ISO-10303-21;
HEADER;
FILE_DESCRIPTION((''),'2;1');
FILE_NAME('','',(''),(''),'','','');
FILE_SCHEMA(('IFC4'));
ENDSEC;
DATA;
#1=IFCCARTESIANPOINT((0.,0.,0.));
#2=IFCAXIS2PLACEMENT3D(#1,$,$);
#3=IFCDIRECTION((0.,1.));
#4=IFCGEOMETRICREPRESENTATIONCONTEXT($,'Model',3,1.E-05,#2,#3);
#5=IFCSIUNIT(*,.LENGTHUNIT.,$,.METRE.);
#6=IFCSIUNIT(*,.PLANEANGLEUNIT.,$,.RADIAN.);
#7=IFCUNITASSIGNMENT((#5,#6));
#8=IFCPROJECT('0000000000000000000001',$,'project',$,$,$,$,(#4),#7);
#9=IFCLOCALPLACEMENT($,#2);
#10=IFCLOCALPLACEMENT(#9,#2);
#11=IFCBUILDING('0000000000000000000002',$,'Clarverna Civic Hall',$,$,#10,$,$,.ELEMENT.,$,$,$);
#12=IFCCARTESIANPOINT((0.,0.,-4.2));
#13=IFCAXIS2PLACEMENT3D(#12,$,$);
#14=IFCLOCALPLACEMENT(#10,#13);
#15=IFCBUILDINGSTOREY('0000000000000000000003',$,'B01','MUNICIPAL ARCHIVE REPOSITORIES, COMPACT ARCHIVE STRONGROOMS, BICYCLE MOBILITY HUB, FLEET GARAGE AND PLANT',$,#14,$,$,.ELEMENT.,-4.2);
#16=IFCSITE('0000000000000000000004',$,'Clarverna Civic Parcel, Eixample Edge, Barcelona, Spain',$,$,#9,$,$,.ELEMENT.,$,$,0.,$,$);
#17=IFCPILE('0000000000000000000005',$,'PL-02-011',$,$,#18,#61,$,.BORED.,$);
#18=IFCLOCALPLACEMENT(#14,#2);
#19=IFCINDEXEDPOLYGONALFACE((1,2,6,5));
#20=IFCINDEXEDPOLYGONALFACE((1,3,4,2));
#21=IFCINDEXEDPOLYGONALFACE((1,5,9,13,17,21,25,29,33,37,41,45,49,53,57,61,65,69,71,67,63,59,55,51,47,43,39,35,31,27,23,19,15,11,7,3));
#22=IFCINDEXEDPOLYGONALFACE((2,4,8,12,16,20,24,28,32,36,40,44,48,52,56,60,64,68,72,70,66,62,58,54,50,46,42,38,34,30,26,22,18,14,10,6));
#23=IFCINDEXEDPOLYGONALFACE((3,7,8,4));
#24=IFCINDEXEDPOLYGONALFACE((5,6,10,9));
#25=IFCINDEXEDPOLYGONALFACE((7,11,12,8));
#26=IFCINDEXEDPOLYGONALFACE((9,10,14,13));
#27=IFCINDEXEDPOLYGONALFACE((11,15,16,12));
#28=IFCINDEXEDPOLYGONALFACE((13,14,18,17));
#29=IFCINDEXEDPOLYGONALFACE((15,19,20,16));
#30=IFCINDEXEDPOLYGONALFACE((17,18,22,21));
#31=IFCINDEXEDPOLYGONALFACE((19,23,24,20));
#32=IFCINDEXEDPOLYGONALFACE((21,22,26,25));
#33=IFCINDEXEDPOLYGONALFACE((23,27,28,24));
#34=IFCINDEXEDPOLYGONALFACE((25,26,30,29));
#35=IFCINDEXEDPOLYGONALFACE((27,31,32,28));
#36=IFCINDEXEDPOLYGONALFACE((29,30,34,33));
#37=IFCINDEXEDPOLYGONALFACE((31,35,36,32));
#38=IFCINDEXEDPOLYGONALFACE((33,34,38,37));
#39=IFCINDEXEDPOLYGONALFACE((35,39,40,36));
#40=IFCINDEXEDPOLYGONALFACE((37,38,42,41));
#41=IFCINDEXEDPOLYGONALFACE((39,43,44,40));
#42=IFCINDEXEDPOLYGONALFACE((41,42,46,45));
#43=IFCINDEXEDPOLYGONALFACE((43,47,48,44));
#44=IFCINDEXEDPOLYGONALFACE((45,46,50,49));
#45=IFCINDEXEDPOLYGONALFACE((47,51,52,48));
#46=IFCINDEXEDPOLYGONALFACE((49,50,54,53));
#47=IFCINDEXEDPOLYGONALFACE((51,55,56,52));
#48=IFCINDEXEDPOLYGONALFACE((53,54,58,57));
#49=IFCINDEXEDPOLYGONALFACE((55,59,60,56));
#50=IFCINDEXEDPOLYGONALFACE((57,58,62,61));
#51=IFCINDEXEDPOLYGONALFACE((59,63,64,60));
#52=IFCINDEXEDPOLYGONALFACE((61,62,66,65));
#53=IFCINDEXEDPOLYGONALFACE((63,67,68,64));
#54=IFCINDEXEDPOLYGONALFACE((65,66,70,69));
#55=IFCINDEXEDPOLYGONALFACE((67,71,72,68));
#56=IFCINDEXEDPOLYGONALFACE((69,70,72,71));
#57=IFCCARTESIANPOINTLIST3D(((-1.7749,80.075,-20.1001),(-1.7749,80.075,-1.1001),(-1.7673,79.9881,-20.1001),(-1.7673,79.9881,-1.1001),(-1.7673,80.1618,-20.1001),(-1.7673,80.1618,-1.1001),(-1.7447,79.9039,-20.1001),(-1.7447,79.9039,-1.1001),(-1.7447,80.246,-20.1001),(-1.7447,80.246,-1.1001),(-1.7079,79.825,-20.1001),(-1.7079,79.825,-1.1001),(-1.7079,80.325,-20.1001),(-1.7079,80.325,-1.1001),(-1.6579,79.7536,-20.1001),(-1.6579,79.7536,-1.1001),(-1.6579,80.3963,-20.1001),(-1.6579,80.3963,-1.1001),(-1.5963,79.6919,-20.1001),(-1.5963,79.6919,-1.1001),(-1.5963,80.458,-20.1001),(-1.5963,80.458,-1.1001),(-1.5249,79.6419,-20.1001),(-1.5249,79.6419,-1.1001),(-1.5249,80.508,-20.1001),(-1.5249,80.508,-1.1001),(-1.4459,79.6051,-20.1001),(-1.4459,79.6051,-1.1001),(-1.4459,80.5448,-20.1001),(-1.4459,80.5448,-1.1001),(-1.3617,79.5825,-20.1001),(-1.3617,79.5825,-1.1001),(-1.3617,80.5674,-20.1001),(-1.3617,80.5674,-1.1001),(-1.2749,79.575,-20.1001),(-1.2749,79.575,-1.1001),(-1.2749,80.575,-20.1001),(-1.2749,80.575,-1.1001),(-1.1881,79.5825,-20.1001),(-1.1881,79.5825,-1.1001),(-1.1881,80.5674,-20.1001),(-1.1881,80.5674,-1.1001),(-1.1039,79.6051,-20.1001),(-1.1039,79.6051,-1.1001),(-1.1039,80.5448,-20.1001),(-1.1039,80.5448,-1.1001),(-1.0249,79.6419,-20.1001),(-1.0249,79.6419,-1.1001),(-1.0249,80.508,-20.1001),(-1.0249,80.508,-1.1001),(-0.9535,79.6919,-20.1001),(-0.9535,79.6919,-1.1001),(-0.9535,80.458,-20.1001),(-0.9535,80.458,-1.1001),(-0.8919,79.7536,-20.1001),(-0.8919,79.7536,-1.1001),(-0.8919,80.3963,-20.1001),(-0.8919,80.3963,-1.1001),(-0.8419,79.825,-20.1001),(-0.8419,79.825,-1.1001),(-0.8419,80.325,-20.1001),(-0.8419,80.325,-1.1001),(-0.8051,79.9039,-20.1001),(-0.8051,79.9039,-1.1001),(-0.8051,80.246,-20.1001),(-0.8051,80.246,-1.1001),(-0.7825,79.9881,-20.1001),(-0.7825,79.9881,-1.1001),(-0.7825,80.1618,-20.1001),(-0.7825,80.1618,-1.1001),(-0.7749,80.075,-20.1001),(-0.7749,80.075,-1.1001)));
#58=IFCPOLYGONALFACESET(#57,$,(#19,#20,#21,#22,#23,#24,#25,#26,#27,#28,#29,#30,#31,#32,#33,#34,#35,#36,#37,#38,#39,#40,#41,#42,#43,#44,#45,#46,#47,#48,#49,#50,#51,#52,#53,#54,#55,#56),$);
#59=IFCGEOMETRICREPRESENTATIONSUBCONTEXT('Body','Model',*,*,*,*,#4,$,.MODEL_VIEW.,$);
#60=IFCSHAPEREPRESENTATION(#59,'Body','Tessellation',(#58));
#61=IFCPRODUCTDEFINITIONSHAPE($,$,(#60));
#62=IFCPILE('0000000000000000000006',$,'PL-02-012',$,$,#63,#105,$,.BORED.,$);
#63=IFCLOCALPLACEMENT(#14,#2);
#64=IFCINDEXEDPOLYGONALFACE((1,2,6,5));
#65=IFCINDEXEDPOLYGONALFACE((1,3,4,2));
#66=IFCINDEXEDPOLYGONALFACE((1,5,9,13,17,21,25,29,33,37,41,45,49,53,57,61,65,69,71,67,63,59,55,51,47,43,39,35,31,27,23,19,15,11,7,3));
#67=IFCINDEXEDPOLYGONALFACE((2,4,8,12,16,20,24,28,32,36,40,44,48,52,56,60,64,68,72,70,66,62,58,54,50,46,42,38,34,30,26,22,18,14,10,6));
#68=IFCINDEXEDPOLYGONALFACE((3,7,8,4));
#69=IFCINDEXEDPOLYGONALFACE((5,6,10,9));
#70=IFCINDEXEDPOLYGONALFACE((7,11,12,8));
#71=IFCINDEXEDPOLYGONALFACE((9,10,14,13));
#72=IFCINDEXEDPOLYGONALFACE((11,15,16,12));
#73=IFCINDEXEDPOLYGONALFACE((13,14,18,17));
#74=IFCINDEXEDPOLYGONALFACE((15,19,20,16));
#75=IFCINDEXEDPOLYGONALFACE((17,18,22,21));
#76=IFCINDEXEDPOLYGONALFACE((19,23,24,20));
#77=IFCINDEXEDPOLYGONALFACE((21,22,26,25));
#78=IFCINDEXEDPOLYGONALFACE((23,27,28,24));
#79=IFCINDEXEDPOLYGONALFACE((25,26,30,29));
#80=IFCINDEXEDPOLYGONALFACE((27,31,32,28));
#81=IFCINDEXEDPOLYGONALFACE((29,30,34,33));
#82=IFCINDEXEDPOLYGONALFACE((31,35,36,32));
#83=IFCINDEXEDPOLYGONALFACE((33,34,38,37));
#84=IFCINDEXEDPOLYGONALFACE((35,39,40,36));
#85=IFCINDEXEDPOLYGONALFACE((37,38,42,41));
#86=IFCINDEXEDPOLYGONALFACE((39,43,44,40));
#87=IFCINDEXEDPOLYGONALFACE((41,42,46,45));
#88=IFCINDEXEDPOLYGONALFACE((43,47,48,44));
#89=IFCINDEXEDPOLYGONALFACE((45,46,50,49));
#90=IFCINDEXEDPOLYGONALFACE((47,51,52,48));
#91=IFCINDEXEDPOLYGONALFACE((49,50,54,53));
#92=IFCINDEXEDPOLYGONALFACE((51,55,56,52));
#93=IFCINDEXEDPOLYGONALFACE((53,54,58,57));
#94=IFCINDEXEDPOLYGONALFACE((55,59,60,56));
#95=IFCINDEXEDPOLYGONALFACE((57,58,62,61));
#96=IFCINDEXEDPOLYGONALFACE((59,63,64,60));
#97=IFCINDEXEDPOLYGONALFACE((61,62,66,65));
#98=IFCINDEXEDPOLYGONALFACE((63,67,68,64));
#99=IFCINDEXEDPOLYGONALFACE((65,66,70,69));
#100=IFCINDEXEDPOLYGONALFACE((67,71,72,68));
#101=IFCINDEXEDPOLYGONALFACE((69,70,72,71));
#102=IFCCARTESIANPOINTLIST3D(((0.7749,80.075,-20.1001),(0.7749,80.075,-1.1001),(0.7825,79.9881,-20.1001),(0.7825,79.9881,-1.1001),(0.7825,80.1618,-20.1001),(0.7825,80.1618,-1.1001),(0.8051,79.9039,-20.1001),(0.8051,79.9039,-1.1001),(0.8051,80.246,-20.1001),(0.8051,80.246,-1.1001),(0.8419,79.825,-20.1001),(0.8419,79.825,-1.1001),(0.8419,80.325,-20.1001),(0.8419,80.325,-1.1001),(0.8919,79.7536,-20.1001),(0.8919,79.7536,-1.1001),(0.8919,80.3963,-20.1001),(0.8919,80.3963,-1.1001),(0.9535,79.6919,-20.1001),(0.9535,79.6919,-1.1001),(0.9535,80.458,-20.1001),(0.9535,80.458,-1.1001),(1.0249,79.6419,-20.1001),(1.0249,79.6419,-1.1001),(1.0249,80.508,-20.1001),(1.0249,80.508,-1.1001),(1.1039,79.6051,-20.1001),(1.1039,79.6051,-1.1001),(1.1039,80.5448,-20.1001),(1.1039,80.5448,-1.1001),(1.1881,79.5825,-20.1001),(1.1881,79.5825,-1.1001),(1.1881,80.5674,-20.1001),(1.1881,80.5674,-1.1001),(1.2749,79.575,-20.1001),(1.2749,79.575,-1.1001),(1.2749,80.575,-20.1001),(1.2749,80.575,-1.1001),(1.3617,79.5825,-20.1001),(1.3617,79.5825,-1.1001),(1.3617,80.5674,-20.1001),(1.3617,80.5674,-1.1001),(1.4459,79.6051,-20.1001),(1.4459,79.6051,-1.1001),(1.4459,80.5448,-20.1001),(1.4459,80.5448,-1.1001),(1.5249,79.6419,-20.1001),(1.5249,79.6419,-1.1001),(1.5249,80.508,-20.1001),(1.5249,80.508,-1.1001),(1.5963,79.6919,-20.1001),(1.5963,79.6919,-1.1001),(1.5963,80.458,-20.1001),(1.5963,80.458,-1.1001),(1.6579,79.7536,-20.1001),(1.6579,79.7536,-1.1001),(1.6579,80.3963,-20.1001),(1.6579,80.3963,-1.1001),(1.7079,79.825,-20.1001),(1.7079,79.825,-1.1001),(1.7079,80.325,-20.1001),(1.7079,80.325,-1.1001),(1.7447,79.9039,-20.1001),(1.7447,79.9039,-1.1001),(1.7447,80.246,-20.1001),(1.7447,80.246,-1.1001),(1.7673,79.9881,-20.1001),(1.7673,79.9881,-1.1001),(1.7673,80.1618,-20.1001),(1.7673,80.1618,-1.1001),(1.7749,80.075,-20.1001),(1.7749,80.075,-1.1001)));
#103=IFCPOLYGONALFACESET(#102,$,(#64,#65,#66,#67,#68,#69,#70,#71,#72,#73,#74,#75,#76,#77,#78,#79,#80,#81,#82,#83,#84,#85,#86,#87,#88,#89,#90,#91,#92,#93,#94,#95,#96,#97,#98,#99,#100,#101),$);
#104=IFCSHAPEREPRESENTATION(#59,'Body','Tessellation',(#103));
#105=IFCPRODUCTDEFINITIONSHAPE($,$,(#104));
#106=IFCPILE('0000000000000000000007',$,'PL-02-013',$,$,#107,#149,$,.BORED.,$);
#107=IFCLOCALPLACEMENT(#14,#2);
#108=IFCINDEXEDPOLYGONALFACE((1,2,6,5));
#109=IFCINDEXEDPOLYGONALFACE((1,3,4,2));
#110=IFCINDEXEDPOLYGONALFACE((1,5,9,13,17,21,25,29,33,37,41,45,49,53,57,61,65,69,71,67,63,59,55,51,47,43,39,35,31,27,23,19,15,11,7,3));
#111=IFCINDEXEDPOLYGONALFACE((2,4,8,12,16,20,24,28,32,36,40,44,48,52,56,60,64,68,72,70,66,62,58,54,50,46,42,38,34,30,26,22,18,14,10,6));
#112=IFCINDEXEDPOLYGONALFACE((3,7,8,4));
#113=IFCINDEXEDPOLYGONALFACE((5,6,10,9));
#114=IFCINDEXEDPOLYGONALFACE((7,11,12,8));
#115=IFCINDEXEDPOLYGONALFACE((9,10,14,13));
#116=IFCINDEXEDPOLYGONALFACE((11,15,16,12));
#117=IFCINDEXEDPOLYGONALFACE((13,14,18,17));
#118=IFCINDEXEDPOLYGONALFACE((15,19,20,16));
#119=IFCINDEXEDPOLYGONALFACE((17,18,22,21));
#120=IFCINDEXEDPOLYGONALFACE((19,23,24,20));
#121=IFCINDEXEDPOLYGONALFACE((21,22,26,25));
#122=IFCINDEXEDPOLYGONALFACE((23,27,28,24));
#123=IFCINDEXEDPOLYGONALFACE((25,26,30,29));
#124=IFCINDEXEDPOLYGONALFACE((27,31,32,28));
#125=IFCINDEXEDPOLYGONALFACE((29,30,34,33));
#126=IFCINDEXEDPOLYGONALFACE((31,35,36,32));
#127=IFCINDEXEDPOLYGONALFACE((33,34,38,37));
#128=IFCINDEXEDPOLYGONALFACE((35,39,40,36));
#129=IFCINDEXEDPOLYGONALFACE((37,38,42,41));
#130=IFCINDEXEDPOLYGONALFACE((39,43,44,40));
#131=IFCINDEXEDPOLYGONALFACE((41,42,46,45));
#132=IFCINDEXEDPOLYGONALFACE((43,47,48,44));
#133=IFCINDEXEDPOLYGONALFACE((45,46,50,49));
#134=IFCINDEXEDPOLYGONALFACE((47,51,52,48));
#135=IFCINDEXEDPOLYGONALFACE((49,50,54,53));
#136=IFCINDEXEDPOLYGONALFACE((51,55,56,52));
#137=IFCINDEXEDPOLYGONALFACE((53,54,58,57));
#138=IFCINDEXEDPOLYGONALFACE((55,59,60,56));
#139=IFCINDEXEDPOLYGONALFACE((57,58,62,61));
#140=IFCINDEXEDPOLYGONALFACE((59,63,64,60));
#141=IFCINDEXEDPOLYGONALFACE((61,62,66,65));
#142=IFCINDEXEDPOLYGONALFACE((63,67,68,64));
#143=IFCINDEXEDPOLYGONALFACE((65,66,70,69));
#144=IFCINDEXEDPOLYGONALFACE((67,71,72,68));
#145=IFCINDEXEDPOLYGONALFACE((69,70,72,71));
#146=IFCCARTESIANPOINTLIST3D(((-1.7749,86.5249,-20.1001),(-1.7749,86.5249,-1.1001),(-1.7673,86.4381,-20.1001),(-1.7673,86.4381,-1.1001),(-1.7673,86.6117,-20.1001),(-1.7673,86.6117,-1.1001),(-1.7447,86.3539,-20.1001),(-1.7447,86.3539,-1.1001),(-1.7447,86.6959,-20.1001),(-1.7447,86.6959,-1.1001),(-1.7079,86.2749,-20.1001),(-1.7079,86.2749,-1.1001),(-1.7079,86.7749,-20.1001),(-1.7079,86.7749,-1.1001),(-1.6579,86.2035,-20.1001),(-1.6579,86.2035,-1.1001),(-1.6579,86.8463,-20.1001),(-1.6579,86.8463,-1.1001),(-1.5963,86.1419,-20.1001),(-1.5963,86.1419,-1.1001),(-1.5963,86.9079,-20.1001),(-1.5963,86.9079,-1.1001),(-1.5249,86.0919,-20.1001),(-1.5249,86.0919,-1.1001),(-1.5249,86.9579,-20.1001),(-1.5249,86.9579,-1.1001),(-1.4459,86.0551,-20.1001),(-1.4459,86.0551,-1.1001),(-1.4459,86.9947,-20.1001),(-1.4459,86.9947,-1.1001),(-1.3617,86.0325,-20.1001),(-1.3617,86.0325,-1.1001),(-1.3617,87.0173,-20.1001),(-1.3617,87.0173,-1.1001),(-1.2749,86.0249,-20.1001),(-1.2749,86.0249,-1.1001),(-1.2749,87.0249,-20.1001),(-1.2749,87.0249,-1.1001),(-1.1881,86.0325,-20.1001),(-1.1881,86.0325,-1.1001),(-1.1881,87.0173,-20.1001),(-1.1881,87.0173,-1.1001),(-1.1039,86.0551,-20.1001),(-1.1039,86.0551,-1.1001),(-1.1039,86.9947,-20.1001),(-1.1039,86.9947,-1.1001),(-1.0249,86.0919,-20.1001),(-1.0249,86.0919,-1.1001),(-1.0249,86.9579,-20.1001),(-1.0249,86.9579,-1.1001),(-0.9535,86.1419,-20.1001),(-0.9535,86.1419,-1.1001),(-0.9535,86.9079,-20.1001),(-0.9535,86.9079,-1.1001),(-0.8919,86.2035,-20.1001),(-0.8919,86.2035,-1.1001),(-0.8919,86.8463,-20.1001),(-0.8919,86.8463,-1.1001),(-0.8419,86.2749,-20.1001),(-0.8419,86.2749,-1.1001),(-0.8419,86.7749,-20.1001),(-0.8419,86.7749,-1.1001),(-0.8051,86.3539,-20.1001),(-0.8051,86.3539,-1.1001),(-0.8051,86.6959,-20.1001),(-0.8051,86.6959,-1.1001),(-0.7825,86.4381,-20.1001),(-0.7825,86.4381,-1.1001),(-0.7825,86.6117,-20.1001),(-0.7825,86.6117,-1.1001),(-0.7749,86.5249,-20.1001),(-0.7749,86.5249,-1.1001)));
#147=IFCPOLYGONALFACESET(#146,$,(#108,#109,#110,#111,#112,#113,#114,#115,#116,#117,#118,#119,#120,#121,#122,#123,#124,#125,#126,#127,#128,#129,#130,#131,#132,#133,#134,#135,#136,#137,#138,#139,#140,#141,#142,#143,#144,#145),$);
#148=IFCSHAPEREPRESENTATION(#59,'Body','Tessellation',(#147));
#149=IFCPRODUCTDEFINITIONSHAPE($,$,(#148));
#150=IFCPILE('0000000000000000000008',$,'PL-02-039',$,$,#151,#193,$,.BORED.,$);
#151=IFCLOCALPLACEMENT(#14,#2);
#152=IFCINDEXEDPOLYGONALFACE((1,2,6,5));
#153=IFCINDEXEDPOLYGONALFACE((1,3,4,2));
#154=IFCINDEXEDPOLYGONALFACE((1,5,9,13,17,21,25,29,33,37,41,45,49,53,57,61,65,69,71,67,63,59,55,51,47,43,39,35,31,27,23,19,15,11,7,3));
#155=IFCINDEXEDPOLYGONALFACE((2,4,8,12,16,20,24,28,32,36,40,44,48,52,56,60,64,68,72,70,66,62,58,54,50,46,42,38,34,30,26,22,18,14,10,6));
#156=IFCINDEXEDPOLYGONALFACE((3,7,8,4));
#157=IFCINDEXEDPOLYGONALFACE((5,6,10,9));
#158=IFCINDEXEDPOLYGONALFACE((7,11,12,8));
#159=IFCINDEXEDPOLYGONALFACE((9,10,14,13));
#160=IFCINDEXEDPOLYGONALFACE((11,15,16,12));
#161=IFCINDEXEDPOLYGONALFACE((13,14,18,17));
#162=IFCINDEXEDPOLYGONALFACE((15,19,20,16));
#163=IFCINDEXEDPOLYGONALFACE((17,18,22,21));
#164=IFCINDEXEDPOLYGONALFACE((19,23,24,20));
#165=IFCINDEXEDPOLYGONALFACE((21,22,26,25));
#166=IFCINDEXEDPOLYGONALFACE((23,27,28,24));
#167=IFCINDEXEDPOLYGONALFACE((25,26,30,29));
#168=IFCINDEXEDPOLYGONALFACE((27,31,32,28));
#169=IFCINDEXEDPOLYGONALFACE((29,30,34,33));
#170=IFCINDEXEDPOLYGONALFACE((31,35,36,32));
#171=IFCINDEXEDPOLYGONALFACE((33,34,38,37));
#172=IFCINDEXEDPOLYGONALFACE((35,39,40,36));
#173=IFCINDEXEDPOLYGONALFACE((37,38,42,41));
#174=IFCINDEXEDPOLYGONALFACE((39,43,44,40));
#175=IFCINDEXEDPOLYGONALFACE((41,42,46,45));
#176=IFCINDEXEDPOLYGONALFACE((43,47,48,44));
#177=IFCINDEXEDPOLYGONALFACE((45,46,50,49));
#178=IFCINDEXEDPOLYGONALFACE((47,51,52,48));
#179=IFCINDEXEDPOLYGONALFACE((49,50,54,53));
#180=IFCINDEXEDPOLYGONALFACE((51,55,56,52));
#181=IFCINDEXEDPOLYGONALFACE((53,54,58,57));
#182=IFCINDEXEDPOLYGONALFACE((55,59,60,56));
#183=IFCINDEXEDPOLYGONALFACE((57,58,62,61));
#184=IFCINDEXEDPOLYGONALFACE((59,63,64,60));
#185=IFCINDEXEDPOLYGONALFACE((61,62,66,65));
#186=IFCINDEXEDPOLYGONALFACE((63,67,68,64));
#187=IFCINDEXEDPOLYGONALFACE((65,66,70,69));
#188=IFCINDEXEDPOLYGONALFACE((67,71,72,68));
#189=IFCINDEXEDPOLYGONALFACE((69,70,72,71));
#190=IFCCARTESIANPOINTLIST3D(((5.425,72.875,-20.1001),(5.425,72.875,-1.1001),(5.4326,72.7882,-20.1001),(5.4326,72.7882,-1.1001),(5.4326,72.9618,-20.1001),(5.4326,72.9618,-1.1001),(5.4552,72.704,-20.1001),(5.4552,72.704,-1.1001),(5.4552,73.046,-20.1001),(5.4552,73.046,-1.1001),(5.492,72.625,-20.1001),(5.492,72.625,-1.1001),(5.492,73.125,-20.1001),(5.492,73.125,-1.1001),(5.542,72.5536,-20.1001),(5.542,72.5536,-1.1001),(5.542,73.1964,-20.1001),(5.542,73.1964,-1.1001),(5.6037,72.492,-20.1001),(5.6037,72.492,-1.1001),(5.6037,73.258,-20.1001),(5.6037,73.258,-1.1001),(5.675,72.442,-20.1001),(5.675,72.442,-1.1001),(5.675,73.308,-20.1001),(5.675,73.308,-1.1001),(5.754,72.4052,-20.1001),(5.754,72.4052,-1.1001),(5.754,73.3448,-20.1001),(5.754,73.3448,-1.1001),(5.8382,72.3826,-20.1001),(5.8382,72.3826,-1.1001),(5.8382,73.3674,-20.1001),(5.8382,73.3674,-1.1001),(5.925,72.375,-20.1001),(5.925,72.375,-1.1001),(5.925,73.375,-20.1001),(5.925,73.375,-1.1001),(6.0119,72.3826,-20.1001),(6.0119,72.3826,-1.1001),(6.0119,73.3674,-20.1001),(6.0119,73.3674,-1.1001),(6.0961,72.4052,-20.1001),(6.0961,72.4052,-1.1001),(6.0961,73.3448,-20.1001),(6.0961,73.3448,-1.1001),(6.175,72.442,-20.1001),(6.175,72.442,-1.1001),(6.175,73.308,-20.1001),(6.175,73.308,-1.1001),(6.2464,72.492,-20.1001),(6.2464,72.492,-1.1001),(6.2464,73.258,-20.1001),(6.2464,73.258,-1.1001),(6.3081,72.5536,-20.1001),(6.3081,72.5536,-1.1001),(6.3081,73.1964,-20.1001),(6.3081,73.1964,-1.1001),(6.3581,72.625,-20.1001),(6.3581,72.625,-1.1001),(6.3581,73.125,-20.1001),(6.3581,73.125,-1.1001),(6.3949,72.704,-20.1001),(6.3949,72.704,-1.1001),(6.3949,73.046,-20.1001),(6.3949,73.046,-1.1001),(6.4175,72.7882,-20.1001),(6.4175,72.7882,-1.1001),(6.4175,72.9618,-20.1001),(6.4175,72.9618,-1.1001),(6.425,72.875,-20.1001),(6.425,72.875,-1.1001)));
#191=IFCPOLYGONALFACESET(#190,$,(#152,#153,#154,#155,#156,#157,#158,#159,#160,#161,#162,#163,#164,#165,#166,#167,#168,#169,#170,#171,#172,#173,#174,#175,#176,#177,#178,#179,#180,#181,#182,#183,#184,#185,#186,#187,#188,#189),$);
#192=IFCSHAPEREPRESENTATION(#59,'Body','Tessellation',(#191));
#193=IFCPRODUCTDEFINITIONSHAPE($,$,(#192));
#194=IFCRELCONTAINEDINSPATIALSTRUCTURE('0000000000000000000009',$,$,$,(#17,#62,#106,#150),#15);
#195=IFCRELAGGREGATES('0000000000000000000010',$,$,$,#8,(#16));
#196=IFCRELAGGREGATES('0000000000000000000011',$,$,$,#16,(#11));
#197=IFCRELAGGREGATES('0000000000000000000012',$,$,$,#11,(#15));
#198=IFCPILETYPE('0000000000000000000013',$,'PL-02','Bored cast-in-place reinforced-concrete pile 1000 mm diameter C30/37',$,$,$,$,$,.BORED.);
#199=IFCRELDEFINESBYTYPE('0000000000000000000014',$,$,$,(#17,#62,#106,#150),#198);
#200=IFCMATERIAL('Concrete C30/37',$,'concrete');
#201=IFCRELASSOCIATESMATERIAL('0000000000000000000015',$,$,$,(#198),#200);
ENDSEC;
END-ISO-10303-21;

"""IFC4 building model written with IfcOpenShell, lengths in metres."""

from ifc_helpers import new_model, si_unit, direction, frame, origin, origin_2d, place, context, subcontext, project, spatial, circle, extrude, material, material_profile, profile_set, type_object, element, save


model = new_model("IFC4")

# Units and contexts
model_context = context("Model", 3, precision=1e-05, world=origin(), true_north=direction((0.0, 1.0)))
body_context = subcontext(model_context, "Body", "Model", "MODEL_VIEW")
ifc_project = project(units=[si_unit("LENGTHUNIT", "METRE"), si_unit("PLANEANGLEUNIT", "RADIAN")], contexts=[model_context])

# Site, building, storey
site_placement = place(None, origin())
site = spatial("IfcSite", under=ifc_project, at=site_placement, Name="Clarverna Civic Parcel, Eixample Edge, Barcelona, Spain", CompositionType="ELEMENT", RefElevation=0.0)
building_placement = place(site_placement, origin())
building = spatial("IfcBuilding", under=site, at=building_placement, Name="Clarverna Civic Hall", CompositionType="ELEMENT")
storey_placement = place(building_placement, frame((0.0, 0.0, -4.2)))
storey = spatial("IfcBuildingStorey", under=building, at=storey_placement, Name="B01", Description="MUNICIPAL ARCHIVE REPOSITORIES, COMPACT ARCHIVE STRONGROOMS, BICYCLE MOBILITY HUB, FLEET GARAGE AND PLANT", CompositionType="ELEMENT", Elevation=-4.2)

# Shared definitions
ifc_material_1 = material(Name="Concrete C30/37", Category="concrete")

# Piles
ifc_material_profile_1 = material_profile(ifc_material_1, circle(Radius=0.5, at=origin_2d()), Name="BORED PILE D1000")
ifc_profile_set_1 = profile_set([ifc_material_profile_1], Name="Concrete C30/37")
pile_type = type_object("IfcPileType", Name="PL-02", Description="Bored cast-in-place reinforced-concrete pile 1000 mm diameter C30/37", PredefinedType="BORED", material=ifc_profile_set_1)
for number, where, z_axis, x_axis, name in (
    (1, (-1.2749, 80.075, -1.1001), (0.0, 0.0, -1.0), (1.0, 0.0, 0.0), "PL-02-011"),
    (2, (1.2749, 80.075, -1.1001), (0.0, 0.0, -1.0), (1.0, 0.0, 0.0), "PL-02-012"),
    (3, (-1.2749, 86.5249, -1.1001), (0.0, 0.0, -1.0), (1.0, 0.0, 0.0), "PL-02-013"),
    (4, (5.925, 72.875, -1.1001), (0.0, 0.0, -1.0), (1.0, 0.0, 0.0), "PL-02-039"),
):
    element("IfcPile", number, at=place(storey_placement, frame(where, z_axis=z_axis, x_axis=x_axis)), inside=storey, type_object=pile_type, Name=name, PredefinedType="BORED", context=body_context, shape_type="SweptSolid", body=[
        extrude(circle(Radius=0.5, at=origin_2d()), origin(), (0.0, 0.0, 1.0), 19.0),
    ])

save(model, "model.ifc")
